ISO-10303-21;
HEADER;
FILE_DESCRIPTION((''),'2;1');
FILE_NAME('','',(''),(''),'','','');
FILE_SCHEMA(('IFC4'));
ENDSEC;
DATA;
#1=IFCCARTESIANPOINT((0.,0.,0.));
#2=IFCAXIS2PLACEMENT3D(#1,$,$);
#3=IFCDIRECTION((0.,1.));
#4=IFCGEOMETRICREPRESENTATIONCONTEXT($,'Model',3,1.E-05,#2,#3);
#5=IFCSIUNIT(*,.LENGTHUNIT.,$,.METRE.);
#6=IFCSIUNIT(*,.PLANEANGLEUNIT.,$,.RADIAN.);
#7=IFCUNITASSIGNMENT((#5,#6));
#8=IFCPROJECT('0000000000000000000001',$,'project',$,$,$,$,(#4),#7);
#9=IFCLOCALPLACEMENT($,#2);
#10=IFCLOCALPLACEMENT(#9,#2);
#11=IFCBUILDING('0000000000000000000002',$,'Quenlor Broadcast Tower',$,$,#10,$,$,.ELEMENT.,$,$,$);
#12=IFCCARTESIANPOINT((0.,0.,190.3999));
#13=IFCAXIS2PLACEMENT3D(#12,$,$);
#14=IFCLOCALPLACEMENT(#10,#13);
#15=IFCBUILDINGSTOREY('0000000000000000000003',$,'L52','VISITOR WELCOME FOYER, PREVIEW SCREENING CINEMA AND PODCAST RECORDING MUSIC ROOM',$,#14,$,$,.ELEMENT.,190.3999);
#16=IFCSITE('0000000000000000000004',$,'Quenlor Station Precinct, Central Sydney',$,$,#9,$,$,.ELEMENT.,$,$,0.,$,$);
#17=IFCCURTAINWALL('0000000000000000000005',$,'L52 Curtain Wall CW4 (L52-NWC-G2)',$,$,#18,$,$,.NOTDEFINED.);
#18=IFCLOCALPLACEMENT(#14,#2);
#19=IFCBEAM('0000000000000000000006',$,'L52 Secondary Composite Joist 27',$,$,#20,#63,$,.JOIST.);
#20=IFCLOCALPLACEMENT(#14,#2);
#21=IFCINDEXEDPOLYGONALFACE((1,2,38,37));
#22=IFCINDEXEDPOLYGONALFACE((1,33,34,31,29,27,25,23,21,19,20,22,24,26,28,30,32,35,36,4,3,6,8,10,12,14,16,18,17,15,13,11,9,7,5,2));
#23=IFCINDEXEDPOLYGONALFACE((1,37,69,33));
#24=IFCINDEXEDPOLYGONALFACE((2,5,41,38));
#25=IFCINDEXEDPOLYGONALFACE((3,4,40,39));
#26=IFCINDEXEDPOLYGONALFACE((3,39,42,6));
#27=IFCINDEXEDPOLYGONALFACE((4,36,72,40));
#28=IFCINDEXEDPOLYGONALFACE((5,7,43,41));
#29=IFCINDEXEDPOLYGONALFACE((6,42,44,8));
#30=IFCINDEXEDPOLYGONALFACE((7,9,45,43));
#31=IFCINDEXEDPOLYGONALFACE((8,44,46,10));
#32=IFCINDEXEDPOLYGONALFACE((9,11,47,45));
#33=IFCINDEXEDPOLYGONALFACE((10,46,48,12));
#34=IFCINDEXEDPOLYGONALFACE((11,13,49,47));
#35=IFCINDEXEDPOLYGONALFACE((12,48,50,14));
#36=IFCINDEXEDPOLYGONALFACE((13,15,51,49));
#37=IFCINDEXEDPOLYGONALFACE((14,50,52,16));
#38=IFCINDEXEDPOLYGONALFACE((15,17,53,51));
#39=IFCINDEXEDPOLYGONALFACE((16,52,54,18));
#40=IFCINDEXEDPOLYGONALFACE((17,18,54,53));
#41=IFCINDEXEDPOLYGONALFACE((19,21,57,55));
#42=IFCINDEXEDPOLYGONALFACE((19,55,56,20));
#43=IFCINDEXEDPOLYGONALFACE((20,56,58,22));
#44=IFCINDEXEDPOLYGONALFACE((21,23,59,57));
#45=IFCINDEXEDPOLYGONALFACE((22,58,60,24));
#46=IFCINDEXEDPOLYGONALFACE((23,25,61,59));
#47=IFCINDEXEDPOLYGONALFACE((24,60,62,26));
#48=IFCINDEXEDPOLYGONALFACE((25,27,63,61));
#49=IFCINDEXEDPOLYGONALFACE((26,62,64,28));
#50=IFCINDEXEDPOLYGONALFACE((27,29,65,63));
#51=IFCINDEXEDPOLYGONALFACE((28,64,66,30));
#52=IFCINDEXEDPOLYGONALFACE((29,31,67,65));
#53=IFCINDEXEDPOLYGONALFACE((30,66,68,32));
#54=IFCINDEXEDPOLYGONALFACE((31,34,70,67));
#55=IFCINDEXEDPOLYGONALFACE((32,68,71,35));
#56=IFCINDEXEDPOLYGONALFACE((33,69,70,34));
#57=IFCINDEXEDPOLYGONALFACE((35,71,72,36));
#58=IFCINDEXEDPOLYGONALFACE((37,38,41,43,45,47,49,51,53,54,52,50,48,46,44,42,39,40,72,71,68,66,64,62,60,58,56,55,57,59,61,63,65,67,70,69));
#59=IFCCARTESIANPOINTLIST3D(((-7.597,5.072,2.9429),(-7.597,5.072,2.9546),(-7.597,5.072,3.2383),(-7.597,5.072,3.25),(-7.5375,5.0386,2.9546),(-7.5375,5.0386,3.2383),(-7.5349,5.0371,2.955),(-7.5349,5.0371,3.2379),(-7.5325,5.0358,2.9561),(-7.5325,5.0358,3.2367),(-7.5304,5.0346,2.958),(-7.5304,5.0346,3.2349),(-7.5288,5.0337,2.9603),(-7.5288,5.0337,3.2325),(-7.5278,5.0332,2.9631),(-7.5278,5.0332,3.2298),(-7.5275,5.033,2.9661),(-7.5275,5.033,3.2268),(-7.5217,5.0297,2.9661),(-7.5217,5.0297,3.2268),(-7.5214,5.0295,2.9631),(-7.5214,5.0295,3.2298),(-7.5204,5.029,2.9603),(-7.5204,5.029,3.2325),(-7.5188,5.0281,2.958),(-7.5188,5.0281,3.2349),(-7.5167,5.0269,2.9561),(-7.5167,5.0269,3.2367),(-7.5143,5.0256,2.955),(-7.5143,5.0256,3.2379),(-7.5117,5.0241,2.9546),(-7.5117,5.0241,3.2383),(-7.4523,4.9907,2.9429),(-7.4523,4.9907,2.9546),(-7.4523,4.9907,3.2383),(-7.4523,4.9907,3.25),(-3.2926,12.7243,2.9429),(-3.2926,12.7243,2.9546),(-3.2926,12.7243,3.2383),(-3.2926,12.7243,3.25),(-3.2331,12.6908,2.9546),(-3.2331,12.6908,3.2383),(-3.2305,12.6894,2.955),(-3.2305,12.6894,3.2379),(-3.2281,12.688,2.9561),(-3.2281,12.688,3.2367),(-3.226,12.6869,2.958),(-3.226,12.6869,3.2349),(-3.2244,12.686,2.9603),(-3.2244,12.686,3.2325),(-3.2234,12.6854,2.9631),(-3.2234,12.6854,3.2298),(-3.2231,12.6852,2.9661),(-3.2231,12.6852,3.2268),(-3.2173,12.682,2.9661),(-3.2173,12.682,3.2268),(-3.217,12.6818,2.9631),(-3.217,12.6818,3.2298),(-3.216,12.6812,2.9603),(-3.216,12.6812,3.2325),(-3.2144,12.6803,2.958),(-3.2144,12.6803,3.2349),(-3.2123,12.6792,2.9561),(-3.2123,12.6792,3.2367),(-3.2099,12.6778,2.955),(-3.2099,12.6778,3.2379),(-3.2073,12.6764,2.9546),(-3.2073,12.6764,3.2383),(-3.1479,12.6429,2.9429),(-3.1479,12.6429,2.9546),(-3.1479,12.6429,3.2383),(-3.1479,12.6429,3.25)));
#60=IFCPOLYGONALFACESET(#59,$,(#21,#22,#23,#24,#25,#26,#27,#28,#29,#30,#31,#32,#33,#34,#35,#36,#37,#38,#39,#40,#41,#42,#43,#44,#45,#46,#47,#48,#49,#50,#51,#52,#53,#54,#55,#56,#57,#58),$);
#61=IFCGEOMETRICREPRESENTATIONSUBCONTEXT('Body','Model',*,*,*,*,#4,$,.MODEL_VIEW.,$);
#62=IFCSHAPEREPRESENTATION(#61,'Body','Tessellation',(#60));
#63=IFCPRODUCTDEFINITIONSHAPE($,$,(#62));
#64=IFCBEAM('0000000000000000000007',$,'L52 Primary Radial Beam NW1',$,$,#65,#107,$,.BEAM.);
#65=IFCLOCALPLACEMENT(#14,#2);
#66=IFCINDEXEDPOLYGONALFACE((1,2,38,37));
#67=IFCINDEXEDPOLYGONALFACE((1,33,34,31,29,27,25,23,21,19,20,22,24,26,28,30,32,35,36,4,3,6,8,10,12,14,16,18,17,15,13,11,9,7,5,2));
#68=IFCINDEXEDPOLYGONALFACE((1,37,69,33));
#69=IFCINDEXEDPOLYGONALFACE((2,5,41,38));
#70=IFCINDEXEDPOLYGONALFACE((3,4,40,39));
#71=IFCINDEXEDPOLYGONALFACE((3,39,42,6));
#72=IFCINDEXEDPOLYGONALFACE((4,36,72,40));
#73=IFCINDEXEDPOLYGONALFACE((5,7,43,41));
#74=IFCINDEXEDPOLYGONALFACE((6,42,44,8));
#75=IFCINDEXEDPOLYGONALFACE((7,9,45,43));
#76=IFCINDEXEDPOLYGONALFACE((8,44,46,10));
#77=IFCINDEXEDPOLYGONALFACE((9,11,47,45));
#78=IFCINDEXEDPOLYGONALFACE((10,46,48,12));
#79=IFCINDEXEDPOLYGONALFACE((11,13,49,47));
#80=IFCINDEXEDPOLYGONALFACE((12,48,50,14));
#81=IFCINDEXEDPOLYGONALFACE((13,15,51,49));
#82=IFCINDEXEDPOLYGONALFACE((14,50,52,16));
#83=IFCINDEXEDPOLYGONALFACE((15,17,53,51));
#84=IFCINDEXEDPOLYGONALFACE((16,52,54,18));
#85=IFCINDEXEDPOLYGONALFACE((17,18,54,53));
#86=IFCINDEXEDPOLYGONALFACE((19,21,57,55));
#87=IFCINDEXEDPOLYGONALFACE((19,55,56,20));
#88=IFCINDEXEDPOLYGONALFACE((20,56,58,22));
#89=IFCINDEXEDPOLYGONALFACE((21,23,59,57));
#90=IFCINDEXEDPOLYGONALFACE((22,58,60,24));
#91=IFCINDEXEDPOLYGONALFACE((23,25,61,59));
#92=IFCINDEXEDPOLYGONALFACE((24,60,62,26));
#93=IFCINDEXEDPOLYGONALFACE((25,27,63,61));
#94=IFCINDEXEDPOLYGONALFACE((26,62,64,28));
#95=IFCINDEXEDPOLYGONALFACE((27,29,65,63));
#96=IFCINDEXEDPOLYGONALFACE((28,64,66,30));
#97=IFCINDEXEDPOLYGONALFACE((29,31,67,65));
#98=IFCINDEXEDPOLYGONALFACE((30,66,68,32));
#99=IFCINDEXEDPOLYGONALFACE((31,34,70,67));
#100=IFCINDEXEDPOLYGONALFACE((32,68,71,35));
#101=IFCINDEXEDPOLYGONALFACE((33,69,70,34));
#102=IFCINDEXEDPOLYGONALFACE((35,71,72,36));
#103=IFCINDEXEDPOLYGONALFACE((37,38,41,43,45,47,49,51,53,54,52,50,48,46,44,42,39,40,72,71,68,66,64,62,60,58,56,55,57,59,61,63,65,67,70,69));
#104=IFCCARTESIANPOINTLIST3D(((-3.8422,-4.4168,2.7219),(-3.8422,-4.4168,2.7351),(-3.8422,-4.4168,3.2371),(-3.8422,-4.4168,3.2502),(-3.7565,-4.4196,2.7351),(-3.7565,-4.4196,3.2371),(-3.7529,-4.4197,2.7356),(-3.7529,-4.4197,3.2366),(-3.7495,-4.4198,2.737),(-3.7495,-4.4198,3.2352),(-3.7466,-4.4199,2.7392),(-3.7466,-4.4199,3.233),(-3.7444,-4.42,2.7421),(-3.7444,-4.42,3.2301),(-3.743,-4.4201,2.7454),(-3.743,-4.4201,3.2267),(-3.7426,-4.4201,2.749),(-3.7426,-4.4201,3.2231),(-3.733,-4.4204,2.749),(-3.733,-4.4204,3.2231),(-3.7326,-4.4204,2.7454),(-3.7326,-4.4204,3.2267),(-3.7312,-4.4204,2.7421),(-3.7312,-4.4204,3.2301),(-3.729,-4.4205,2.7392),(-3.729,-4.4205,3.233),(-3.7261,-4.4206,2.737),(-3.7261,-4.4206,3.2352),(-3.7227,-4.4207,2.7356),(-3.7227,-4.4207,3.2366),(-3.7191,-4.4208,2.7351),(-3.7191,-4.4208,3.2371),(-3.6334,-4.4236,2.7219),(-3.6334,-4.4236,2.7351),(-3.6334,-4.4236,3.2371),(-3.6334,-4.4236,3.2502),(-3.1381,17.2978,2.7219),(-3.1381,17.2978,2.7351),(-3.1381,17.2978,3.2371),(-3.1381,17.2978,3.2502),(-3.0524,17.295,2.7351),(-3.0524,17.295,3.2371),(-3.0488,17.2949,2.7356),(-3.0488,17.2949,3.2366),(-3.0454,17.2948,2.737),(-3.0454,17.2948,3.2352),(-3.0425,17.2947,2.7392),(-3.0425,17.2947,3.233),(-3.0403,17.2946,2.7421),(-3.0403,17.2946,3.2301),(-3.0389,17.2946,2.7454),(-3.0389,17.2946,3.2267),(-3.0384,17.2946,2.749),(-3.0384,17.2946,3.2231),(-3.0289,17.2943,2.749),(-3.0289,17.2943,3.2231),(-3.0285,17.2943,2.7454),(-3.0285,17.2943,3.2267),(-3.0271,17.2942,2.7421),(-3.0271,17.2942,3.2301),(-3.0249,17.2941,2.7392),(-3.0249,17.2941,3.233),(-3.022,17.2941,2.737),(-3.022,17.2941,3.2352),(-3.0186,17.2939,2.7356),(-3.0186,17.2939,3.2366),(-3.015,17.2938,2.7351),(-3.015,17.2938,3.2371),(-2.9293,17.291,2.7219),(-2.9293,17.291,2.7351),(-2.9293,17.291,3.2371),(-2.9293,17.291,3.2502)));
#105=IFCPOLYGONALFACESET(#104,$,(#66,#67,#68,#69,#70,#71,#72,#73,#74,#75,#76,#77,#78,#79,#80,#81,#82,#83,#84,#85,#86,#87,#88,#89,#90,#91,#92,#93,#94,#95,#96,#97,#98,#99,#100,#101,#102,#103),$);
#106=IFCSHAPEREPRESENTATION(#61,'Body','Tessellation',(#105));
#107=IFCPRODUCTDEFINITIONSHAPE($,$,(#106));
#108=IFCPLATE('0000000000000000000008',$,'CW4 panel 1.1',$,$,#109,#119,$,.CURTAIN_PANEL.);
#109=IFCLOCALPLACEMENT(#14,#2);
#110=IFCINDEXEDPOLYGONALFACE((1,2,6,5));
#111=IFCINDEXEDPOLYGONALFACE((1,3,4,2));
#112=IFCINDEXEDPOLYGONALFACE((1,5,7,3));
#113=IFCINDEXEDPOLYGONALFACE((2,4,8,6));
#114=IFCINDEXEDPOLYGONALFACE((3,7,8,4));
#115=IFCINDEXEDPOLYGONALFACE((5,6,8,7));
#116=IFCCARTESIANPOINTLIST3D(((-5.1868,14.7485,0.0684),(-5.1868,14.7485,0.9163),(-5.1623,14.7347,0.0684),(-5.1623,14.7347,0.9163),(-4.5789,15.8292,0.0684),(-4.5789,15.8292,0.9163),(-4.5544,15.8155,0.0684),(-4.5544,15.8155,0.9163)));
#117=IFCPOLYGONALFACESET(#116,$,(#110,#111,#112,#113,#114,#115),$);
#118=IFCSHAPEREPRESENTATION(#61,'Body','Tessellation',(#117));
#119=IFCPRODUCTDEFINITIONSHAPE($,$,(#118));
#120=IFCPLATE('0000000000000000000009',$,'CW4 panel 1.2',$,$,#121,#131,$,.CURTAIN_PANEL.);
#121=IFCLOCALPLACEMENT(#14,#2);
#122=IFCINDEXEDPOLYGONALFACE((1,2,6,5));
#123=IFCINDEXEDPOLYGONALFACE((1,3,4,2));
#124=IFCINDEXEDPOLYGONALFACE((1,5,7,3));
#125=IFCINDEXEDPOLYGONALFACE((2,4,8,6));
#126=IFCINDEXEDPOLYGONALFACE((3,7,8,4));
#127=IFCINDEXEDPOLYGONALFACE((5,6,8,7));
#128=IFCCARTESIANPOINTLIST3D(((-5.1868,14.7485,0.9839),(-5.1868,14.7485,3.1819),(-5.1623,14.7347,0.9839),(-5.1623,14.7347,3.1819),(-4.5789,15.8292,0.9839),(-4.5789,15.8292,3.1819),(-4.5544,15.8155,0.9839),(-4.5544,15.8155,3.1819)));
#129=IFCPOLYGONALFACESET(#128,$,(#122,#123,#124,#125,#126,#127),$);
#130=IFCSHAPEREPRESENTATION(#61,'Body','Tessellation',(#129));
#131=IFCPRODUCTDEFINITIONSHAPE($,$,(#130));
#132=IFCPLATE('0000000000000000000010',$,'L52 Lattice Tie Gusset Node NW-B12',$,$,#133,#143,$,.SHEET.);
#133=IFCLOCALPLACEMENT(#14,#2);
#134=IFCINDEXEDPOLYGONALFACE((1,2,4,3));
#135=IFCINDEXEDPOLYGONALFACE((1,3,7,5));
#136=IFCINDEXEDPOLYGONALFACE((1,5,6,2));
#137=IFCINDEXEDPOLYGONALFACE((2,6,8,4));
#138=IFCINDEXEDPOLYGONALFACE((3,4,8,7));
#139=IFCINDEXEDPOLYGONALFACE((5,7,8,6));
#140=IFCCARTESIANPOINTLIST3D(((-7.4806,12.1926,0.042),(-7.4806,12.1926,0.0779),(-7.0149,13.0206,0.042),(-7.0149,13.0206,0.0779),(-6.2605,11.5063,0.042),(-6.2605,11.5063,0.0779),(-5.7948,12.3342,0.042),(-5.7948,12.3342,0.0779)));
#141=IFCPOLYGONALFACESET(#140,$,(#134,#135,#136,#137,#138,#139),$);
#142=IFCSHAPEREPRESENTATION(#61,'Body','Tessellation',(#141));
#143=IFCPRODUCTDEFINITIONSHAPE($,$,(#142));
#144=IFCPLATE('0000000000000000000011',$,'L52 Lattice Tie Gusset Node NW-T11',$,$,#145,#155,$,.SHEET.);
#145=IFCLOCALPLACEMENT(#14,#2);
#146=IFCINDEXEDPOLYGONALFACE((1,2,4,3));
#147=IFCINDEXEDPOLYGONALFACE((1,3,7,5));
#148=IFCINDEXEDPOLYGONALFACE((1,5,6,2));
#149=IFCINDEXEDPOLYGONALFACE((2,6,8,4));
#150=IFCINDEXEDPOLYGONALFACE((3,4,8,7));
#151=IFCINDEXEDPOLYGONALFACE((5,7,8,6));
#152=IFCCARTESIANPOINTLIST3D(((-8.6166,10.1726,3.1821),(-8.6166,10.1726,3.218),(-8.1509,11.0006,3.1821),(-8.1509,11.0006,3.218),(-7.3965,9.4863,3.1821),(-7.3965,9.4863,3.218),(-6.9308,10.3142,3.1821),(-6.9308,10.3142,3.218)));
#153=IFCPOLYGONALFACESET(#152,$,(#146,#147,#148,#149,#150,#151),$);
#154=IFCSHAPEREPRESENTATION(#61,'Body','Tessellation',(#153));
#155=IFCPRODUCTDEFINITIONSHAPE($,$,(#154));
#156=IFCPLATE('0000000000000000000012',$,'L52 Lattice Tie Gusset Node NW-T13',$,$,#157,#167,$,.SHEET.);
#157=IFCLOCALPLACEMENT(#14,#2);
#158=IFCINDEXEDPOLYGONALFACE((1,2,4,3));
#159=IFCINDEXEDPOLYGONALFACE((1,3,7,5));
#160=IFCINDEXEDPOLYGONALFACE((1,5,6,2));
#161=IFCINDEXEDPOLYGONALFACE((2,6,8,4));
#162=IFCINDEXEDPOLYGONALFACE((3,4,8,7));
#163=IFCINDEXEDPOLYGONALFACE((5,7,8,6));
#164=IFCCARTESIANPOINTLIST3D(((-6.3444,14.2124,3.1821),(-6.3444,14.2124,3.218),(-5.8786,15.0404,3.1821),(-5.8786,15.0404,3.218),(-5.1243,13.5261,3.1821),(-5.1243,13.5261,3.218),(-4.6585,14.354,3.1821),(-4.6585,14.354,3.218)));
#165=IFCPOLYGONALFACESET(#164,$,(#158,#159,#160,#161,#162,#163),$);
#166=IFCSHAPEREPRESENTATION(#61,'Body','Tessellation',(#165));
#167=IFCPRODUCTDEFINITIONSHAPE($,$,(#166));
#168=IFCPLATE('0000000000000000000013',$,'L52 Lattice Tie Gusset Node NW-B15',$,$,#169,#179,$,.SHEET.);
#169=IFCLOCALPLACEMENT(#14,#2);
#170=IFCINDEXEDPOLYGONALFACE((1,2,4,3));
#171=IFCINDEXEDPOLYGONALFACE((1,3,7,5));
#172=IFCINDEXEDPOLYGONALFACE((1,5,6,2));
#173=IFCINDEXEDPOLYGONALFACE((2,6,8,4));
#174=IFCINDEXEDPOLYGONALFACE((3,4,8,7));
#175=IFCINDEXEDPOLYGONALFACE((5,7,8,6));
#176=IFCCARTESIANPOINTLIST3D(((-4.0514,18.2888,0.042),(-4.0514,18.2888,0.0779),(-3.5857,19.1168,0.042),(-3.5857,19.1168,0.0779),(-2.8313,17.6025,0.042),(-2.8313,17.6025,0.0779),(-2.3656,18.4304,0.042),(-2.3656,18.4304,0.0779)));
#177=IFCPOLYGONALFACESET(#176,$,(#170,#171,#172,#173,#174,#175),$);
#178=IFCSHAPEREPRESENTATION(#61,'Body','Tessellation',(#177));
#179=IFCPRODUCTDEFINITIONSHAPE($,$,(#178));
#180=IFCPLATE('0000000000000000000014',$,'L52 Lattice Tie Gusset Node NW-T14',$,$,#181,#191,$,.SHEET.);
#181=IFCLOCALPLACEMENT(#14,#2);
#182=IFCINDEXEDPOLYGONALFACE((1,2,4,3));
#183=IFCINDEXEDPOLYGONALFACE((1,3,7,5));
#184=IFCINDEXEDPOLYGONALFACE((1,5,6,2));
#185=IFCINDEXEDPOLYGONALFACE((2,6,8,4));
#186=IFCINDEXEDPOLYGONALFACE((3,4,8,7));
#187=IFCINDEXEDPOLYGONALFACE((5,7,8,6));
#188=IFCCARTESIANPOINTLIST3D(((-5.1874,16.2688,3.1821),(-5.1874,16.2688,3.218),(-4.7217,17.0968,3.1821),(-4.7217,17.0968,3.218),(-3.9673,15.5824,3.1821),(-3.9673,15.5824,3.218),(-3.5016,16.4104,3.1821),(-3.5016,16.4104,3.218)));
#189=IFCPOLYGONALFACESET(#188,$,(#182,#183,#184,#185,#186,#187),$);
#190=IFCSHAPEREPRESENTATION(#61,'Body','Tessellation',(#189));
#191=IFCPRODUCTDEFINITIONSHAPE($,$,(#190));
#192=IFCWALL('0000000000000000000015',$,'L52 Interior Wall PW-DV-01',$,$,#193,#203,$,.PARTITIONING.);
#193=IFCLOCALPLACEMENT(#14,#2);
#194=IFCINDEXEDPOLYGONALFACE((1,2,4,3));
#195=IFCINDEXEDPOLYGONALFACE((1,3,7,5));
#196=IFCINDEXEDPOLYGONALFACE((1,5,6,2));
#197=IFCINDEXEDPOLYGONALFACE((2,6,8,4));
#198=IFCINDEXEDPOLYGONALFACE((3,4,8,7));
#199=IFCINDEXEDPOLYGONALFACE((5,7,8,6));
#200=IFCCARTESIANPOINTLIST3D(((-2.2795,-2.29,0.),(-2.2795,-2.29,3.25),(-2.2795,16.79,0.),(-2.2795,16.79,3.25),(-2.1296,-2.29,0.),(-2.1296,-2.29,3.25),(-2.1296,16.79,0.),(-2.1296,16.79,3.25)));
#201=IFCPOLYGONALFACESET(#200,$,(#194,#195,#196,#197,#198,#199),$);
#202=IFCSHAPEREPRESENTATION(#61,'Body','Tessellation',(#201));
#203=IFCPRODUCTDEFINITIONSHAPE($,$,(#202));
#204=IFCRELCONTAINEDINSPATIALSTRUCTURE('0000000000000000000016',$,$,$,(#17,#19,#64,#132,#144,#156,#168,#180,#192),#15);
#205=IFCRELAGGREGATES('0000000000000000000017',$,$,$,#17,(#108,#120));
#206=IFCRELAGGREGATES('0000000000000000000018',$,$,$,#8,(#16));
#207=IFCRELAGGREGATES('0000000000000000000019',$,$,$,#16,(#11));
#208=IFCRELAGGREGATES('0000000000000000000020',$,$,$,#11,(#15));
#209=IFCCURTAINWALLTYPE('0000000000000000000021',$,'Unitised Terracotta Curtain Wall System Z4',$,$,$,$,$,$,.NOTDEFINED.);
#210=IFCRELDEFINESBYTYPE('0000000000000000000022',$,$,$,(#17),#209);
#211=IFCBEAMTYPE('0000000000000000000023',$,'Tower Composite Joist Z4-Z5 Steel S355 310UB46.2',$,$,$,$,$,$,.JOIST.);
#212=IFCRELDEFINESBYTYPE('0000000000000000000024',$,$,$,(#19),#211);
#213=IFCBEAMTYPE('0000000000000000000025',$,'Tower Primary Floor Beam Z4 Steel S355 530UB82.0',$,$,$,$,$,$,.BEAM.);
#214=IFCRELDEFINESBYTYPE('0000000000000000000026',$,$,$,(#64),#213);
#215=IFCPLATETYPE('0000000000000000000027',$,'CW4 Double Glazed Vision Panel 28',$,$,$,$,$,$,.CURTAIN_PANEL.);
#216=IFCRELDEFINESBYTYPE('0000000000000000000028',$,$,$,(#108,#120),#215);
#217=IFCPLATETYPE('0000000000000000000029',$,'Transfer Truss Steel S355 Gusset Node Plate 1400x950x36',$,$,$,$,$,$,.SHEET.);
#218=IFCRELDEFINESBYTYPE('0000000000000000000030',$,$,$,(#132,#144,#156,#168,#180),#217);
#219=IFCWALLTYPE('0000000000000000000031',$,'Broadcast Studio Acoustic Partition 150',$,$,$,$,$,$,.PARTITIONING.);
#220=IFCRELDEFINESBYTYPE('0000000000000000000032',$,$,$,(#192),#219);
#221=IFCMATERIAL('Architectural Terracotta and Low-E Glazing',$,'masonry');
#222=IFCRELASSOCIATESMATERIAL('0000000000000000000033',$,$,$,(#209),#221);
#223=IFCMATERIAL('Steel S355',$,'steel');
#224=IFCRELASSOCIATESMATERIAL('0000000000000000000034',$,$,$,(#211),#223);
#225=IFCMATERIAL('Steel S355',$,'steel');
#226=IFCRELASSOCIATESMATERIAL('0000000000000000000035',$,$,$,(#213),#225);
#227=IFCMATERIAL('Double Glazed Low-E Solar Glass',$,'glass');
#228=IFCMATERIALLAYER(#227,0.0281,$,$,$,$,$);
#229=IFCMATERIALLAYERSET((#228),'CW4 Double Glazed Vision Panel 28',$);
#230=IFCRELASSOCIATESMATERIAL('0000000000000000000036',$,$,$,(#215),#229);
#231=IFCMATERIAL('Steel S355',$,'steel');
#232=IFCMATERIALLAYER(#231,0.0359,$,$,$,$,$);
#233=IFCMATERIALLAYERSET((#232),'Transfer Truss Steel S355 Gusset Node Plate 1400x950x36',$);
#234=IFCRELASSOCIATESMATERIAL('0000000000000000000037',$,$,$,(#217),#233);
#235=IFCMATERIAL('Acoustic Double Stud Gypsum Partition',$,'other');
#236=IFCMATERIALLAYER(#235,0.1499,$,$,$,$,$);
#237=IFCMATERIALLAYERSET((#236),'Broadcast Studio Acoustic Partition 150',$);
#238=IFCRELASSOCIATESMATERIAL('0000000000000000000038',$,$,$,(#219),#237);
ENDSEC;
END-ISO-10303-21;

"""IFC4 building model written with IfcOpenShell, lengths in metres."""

from ifc_helpers import new_model, si_unit, direction, frame, frame_2d, origin, origin_2d, place, context, subcontext, project, spatial, rectangle, i_section, extrude, material, layer, layer_set, material_profile, profile_set, type_object, element, aggregate, save


model = new_model("IFC4")

# Units and contexts
model_context = context("Model", 3, precision=1e-05, world=origin(), true_north=direction((0.0, 1.0)))
body_context = subcontext(model_context, "Body", "Model", "MODEL_VIEW")
ifc_project = project(units=[si_unit("LENGTHUNIT", "METRE"), si_unit("PLANEANGLEUNIT", "RADIAN")], contexts=[model_context])

# Site, building, storey
site_placement = place(None, origin())
site = spatial("IfcSite", under=ifc_project, at=site_placement, Name="Quenlor Station Precinct, Central Sydney", CompositionType="ELEMENT", RefElevation=0.0)
building_placement = place(site_placement, origin())
building = spatial("IfcBuilding", under=site, at=building_placement, Name="Quenlor Broadcast Tower", CompositionType="ELEMENT")
storey_placement = place(building_placement, frame((0.0, 0.0, 190.3999)))
storey = spatial("IfcBuildingStorey", under=building, at=storey_placement, Name="L52", Description="VISITOR WELCOME FOYER, PREVIEW SCREENING CINEMA AND PODCAST RECORDING MUSIC ROOM", CompositionType="ELEMENT", Elevation=190.3999)

# Curtain wall
ifc_material_1 = material(Name="Architectural Terracotta and Low-E Glazing", Category="masonry")
curtain_wall_type = type_object("IfcCurtainWallType", Name="Unitised Terracotta Curtain Wall System Z4", PredefinedType="NOTDEFINED", material=ifc_material_1)
curtain_wall_placement = place(storey_placement, origin())
curtain_wall = element("IfcCurtainWall", 1, at=curtain_wall_placement, inside=storey, type_object=curtain_wall_type, Name="L52 Curtain Wall CW4 (L52-NWC-G2)", PredefinedType="NOTDEFINED")

# Beams
ifc_material_2 = material(Name="Steel S355", Category="steel")
ifc_material_profile_1 = material_profile(ifc_material_2, i_section(OverallWidth=0.166, OverallDepth=0.3071, WebThickness=0.0066, FlangeThickness=0.0117, FilletRadius=0.0115, at=origin_2d()))
ifc_profile_set_1 = profile_set([ifc_material_profile_1], Name="Steel S355 310UB46.2")
beam_type_1 = type_object("IfcBeamType", Name="Tower Composite Joist Z4-Z5 Steel S355 310UB46.2", PredefinedType="JOIST", material=ifc_profile_set_1)
beam_1_placement = place(storey_placement, frame((-3.2202, 12.6836, 3.0964), z_axis=(-0.490261, -0.871576, 0.0), x_axis=(0.871576, -0.490261, 0.0)))
element("IfcBeam", 2, at=beam_1_placement, inside=storey, type_object=beam_type_1, Name="L52 Secondary Composite Joist 27", PredefinedType="JOIST", context=body_context, shape_type="SweptSolid", body=[
    extrude(i_section(OverallWidth=0.166, OverallDepth=0.3071, WebThickness=0.0066, FlangeThickness=0.0117, FilletRadius=0.0115, at=origin_2d()), origin(), (0.0, 0.0, 1.0), 8.7798),
])
ifc_material_3 = material(Name="Steel S355", Category="steel")
ifc_material_profile_2 = material_profile(ifc_material_3, i_section(OverallWidth=0.209, OverallDepth=0.5283, WebThickness=0.0095, FlangeThickness=0.0132, FilletRadius=0.0139, at=origin_2d()))
ifc_profile_set_2 = profile_set([ifc_material_profile_2], Name="Steel S355 530UB82.0")
beam_type_2 = type_object("IfcBeamType", Name="Tower Primary Floor Beam Z4 Steel S355 530UB82.0", PredefinedType="BEAM", material=ifc_profile_set_2)
beam_2_placement = place(storey_placement, frame((-3.0337, 17.2944, 2.9861), z_axis=(-0.032408, -0.999475, 0.0), x_axis=(0.999475, -0.032408, 0.0)))
element("IfcBeam", 3, at=beam_2_placement, inside=storey, type_object=beam_type_2, Name="L52 Primary Radial Beam NW1", PredefinedType="BEAM", context=body_context, shape_type="SweptSolid", body=[
    extrude(i_section(OverallWidth=0.209, OverallDepth=0.5283, WebThickness=0.0095, FlangeThickness=0.0132, FilletRadius=0.0139, at=origin_2d()), origin(), (0.0, 0.0, 1.0), 21.7261),
])

# Plates
ifc_material_4 = material(Name="Double Glazed Low-E Solar Glass", Category="glass")
ifc_layer_1 = layer(ifc_material_4, 0.0281)
ifc_layer_set_1 = layer_set([ifc_layer_1], Name="CW4 Double Glazed Vision Panel 28")
plate_type_1 = type_object("IfcPlateType", Name="CW4 Double Glazed Vision Panel 28", PredefinedType="CURTAIN_PANEL", material=ifc_layer_set_1)
plate_1_placement = place(storey_placement, frame((-4.8706, 15.282, 0.0684), z_axis=(0.0, 0.0, 1.0), x_axis=(0.490289, 0.87156, 0.0)))
plate_1 = element("IfcPlate", 4, at=plate_1_placement, type_object=plate_type_1, Name="CW4 panel 1.1", PredefinedType="CURTAIN_PANEL", context=body_context, shape_type="SweptSolid", body=[
    extrude(rectangle(XDim=1.24, YDim=0.0281, at=origin_2d()), origin(), (0.0, 0.0, 1.0), 0.8479),
])
plate_2_placement = place(storey_placement, frame((-4.8706, 15.282, 0.9839), z_axis=(0.0, 0.0, 1.0), x_axis=(0.490289, 0.87156, 0.0)))
plate_2 = element("IfcPlate", 5, at=plate_2_placement, type_object=plate_type_1, Name="CW4 panel 1.2", PredefinedType="CURTAIN_PANEL", context=body_context, shape_type="SweptSolid", body=[
    extrude(rectangle(XDim=1.24, YDim=0.0281, at=origin_2d()), origin(), (0.0, 0.0, 1.0), 2.198),
])
aggregate(curtain_wall, [plate_1, plate_2])

# Plates
ifc_material_5 = material(Name="Steel S355", Category="steel")
ifc_layer_2 = layer(ifc_material_5, 0.0359)
ifc_layer_set_2 = layer_set([ifc_layer_2], Name="Transfer Truss Steel S355 Gusset Node Plate 1400x950x36")
plate_type_2 = type_object("IfcPlateType", Name="Transfer Truss Steel S355 Gusset Node Plate 1400x950x36", PredefinedType="SHEET", material=ifc_layer_set_2)
for number, where, z_axis, x_axis, name in (
    (6, (-6.6377, 12.2634, 0.042), (0.0, 0.0, 1.0), (-0.871556, 0.490295, 0.0), "L52 Lattice Tie Gusset Node NW-B12"),
    (7, (-7.7737, 10.2434, 3.1821), (0.0, 0.0, 1.0), (-0.871556, 0.490295, 0.0), "L52 Lattice Tie Gusset Node NW-T11"),
    (8, (-5.5015, 14.2832, 3.1821), (0.0, 0.0, 1.0), (-0.871556, 0.490295, 0.0), "L52 Lattice Tie Gusset Node NW-T13"),
    (9, (-3.2085, 18.3596, 0.042), (0.0, 0.0, 1.0), (-0.871556, 0.490295, 0.0), "L52 Lattice Tie Gusset Node NW-B15"),
    (10, (-4.3445, 16.3396, 3.1821), (0.0, 0.0, 1.0), (-0.871556, 0.490295, 0.0), "L52 Lattice Tie Gusset Node NW-T14"),
):
    element("IfcPlate", number, at=place(storey_placement, frame(where, z_axis=z_axis, x_axis=x_axis)), inside=storey, type_object=plate_type_2, Name=name, PredefinedType="SHEET", context=body_context, shape_type="SweptSolid", body=[
        extrude(rectangle(XDim=1.3999, YDim=0.95, at=origin_2d()), origin(), (0.0, 0.0, 1.0), 0.0359),
    ])

# Wall
ifc_material_6 = material(Name="Acoustic Double Stud Gypsum Partition", Category="other")
ifc_layer_3 = layer(ifc_material_6, 0.1499)
ifc_layer_set_3 = layer_set([ifc_layer_3], Name="Broadcast Studio Acoustic Partition 150")
wall_type_1 = type_object("IfcWallType", Name="Broadcast Studio Acoustic Partition 150", PredefinedType="PARTITIONING", material=ifc_layer_set_3)
wall_1_placement = place(storey_placement, frame((-2.2046, 16.79, 0.0), z_axis=(0.0, 0.0, 1.0), x_axis=(0.0, -1.0, 0.0)))
element("IfcWall", 11, at=wall_1_placement, inside=storey, type_object=wall_type_1, Name="L52 Interior Wall PW-DV-01", PredefinedType="PARTITIONING", context=body_context, shape_type="SweptSolid", body=[
    extrude(rectangle(XDim=19.0801, YDim=0.1499, at=frame_2d((9.54, 0.0))), origin(), (0.0, 0.0, 1.0), 3.25),
])

save(model, "model.ifc")
